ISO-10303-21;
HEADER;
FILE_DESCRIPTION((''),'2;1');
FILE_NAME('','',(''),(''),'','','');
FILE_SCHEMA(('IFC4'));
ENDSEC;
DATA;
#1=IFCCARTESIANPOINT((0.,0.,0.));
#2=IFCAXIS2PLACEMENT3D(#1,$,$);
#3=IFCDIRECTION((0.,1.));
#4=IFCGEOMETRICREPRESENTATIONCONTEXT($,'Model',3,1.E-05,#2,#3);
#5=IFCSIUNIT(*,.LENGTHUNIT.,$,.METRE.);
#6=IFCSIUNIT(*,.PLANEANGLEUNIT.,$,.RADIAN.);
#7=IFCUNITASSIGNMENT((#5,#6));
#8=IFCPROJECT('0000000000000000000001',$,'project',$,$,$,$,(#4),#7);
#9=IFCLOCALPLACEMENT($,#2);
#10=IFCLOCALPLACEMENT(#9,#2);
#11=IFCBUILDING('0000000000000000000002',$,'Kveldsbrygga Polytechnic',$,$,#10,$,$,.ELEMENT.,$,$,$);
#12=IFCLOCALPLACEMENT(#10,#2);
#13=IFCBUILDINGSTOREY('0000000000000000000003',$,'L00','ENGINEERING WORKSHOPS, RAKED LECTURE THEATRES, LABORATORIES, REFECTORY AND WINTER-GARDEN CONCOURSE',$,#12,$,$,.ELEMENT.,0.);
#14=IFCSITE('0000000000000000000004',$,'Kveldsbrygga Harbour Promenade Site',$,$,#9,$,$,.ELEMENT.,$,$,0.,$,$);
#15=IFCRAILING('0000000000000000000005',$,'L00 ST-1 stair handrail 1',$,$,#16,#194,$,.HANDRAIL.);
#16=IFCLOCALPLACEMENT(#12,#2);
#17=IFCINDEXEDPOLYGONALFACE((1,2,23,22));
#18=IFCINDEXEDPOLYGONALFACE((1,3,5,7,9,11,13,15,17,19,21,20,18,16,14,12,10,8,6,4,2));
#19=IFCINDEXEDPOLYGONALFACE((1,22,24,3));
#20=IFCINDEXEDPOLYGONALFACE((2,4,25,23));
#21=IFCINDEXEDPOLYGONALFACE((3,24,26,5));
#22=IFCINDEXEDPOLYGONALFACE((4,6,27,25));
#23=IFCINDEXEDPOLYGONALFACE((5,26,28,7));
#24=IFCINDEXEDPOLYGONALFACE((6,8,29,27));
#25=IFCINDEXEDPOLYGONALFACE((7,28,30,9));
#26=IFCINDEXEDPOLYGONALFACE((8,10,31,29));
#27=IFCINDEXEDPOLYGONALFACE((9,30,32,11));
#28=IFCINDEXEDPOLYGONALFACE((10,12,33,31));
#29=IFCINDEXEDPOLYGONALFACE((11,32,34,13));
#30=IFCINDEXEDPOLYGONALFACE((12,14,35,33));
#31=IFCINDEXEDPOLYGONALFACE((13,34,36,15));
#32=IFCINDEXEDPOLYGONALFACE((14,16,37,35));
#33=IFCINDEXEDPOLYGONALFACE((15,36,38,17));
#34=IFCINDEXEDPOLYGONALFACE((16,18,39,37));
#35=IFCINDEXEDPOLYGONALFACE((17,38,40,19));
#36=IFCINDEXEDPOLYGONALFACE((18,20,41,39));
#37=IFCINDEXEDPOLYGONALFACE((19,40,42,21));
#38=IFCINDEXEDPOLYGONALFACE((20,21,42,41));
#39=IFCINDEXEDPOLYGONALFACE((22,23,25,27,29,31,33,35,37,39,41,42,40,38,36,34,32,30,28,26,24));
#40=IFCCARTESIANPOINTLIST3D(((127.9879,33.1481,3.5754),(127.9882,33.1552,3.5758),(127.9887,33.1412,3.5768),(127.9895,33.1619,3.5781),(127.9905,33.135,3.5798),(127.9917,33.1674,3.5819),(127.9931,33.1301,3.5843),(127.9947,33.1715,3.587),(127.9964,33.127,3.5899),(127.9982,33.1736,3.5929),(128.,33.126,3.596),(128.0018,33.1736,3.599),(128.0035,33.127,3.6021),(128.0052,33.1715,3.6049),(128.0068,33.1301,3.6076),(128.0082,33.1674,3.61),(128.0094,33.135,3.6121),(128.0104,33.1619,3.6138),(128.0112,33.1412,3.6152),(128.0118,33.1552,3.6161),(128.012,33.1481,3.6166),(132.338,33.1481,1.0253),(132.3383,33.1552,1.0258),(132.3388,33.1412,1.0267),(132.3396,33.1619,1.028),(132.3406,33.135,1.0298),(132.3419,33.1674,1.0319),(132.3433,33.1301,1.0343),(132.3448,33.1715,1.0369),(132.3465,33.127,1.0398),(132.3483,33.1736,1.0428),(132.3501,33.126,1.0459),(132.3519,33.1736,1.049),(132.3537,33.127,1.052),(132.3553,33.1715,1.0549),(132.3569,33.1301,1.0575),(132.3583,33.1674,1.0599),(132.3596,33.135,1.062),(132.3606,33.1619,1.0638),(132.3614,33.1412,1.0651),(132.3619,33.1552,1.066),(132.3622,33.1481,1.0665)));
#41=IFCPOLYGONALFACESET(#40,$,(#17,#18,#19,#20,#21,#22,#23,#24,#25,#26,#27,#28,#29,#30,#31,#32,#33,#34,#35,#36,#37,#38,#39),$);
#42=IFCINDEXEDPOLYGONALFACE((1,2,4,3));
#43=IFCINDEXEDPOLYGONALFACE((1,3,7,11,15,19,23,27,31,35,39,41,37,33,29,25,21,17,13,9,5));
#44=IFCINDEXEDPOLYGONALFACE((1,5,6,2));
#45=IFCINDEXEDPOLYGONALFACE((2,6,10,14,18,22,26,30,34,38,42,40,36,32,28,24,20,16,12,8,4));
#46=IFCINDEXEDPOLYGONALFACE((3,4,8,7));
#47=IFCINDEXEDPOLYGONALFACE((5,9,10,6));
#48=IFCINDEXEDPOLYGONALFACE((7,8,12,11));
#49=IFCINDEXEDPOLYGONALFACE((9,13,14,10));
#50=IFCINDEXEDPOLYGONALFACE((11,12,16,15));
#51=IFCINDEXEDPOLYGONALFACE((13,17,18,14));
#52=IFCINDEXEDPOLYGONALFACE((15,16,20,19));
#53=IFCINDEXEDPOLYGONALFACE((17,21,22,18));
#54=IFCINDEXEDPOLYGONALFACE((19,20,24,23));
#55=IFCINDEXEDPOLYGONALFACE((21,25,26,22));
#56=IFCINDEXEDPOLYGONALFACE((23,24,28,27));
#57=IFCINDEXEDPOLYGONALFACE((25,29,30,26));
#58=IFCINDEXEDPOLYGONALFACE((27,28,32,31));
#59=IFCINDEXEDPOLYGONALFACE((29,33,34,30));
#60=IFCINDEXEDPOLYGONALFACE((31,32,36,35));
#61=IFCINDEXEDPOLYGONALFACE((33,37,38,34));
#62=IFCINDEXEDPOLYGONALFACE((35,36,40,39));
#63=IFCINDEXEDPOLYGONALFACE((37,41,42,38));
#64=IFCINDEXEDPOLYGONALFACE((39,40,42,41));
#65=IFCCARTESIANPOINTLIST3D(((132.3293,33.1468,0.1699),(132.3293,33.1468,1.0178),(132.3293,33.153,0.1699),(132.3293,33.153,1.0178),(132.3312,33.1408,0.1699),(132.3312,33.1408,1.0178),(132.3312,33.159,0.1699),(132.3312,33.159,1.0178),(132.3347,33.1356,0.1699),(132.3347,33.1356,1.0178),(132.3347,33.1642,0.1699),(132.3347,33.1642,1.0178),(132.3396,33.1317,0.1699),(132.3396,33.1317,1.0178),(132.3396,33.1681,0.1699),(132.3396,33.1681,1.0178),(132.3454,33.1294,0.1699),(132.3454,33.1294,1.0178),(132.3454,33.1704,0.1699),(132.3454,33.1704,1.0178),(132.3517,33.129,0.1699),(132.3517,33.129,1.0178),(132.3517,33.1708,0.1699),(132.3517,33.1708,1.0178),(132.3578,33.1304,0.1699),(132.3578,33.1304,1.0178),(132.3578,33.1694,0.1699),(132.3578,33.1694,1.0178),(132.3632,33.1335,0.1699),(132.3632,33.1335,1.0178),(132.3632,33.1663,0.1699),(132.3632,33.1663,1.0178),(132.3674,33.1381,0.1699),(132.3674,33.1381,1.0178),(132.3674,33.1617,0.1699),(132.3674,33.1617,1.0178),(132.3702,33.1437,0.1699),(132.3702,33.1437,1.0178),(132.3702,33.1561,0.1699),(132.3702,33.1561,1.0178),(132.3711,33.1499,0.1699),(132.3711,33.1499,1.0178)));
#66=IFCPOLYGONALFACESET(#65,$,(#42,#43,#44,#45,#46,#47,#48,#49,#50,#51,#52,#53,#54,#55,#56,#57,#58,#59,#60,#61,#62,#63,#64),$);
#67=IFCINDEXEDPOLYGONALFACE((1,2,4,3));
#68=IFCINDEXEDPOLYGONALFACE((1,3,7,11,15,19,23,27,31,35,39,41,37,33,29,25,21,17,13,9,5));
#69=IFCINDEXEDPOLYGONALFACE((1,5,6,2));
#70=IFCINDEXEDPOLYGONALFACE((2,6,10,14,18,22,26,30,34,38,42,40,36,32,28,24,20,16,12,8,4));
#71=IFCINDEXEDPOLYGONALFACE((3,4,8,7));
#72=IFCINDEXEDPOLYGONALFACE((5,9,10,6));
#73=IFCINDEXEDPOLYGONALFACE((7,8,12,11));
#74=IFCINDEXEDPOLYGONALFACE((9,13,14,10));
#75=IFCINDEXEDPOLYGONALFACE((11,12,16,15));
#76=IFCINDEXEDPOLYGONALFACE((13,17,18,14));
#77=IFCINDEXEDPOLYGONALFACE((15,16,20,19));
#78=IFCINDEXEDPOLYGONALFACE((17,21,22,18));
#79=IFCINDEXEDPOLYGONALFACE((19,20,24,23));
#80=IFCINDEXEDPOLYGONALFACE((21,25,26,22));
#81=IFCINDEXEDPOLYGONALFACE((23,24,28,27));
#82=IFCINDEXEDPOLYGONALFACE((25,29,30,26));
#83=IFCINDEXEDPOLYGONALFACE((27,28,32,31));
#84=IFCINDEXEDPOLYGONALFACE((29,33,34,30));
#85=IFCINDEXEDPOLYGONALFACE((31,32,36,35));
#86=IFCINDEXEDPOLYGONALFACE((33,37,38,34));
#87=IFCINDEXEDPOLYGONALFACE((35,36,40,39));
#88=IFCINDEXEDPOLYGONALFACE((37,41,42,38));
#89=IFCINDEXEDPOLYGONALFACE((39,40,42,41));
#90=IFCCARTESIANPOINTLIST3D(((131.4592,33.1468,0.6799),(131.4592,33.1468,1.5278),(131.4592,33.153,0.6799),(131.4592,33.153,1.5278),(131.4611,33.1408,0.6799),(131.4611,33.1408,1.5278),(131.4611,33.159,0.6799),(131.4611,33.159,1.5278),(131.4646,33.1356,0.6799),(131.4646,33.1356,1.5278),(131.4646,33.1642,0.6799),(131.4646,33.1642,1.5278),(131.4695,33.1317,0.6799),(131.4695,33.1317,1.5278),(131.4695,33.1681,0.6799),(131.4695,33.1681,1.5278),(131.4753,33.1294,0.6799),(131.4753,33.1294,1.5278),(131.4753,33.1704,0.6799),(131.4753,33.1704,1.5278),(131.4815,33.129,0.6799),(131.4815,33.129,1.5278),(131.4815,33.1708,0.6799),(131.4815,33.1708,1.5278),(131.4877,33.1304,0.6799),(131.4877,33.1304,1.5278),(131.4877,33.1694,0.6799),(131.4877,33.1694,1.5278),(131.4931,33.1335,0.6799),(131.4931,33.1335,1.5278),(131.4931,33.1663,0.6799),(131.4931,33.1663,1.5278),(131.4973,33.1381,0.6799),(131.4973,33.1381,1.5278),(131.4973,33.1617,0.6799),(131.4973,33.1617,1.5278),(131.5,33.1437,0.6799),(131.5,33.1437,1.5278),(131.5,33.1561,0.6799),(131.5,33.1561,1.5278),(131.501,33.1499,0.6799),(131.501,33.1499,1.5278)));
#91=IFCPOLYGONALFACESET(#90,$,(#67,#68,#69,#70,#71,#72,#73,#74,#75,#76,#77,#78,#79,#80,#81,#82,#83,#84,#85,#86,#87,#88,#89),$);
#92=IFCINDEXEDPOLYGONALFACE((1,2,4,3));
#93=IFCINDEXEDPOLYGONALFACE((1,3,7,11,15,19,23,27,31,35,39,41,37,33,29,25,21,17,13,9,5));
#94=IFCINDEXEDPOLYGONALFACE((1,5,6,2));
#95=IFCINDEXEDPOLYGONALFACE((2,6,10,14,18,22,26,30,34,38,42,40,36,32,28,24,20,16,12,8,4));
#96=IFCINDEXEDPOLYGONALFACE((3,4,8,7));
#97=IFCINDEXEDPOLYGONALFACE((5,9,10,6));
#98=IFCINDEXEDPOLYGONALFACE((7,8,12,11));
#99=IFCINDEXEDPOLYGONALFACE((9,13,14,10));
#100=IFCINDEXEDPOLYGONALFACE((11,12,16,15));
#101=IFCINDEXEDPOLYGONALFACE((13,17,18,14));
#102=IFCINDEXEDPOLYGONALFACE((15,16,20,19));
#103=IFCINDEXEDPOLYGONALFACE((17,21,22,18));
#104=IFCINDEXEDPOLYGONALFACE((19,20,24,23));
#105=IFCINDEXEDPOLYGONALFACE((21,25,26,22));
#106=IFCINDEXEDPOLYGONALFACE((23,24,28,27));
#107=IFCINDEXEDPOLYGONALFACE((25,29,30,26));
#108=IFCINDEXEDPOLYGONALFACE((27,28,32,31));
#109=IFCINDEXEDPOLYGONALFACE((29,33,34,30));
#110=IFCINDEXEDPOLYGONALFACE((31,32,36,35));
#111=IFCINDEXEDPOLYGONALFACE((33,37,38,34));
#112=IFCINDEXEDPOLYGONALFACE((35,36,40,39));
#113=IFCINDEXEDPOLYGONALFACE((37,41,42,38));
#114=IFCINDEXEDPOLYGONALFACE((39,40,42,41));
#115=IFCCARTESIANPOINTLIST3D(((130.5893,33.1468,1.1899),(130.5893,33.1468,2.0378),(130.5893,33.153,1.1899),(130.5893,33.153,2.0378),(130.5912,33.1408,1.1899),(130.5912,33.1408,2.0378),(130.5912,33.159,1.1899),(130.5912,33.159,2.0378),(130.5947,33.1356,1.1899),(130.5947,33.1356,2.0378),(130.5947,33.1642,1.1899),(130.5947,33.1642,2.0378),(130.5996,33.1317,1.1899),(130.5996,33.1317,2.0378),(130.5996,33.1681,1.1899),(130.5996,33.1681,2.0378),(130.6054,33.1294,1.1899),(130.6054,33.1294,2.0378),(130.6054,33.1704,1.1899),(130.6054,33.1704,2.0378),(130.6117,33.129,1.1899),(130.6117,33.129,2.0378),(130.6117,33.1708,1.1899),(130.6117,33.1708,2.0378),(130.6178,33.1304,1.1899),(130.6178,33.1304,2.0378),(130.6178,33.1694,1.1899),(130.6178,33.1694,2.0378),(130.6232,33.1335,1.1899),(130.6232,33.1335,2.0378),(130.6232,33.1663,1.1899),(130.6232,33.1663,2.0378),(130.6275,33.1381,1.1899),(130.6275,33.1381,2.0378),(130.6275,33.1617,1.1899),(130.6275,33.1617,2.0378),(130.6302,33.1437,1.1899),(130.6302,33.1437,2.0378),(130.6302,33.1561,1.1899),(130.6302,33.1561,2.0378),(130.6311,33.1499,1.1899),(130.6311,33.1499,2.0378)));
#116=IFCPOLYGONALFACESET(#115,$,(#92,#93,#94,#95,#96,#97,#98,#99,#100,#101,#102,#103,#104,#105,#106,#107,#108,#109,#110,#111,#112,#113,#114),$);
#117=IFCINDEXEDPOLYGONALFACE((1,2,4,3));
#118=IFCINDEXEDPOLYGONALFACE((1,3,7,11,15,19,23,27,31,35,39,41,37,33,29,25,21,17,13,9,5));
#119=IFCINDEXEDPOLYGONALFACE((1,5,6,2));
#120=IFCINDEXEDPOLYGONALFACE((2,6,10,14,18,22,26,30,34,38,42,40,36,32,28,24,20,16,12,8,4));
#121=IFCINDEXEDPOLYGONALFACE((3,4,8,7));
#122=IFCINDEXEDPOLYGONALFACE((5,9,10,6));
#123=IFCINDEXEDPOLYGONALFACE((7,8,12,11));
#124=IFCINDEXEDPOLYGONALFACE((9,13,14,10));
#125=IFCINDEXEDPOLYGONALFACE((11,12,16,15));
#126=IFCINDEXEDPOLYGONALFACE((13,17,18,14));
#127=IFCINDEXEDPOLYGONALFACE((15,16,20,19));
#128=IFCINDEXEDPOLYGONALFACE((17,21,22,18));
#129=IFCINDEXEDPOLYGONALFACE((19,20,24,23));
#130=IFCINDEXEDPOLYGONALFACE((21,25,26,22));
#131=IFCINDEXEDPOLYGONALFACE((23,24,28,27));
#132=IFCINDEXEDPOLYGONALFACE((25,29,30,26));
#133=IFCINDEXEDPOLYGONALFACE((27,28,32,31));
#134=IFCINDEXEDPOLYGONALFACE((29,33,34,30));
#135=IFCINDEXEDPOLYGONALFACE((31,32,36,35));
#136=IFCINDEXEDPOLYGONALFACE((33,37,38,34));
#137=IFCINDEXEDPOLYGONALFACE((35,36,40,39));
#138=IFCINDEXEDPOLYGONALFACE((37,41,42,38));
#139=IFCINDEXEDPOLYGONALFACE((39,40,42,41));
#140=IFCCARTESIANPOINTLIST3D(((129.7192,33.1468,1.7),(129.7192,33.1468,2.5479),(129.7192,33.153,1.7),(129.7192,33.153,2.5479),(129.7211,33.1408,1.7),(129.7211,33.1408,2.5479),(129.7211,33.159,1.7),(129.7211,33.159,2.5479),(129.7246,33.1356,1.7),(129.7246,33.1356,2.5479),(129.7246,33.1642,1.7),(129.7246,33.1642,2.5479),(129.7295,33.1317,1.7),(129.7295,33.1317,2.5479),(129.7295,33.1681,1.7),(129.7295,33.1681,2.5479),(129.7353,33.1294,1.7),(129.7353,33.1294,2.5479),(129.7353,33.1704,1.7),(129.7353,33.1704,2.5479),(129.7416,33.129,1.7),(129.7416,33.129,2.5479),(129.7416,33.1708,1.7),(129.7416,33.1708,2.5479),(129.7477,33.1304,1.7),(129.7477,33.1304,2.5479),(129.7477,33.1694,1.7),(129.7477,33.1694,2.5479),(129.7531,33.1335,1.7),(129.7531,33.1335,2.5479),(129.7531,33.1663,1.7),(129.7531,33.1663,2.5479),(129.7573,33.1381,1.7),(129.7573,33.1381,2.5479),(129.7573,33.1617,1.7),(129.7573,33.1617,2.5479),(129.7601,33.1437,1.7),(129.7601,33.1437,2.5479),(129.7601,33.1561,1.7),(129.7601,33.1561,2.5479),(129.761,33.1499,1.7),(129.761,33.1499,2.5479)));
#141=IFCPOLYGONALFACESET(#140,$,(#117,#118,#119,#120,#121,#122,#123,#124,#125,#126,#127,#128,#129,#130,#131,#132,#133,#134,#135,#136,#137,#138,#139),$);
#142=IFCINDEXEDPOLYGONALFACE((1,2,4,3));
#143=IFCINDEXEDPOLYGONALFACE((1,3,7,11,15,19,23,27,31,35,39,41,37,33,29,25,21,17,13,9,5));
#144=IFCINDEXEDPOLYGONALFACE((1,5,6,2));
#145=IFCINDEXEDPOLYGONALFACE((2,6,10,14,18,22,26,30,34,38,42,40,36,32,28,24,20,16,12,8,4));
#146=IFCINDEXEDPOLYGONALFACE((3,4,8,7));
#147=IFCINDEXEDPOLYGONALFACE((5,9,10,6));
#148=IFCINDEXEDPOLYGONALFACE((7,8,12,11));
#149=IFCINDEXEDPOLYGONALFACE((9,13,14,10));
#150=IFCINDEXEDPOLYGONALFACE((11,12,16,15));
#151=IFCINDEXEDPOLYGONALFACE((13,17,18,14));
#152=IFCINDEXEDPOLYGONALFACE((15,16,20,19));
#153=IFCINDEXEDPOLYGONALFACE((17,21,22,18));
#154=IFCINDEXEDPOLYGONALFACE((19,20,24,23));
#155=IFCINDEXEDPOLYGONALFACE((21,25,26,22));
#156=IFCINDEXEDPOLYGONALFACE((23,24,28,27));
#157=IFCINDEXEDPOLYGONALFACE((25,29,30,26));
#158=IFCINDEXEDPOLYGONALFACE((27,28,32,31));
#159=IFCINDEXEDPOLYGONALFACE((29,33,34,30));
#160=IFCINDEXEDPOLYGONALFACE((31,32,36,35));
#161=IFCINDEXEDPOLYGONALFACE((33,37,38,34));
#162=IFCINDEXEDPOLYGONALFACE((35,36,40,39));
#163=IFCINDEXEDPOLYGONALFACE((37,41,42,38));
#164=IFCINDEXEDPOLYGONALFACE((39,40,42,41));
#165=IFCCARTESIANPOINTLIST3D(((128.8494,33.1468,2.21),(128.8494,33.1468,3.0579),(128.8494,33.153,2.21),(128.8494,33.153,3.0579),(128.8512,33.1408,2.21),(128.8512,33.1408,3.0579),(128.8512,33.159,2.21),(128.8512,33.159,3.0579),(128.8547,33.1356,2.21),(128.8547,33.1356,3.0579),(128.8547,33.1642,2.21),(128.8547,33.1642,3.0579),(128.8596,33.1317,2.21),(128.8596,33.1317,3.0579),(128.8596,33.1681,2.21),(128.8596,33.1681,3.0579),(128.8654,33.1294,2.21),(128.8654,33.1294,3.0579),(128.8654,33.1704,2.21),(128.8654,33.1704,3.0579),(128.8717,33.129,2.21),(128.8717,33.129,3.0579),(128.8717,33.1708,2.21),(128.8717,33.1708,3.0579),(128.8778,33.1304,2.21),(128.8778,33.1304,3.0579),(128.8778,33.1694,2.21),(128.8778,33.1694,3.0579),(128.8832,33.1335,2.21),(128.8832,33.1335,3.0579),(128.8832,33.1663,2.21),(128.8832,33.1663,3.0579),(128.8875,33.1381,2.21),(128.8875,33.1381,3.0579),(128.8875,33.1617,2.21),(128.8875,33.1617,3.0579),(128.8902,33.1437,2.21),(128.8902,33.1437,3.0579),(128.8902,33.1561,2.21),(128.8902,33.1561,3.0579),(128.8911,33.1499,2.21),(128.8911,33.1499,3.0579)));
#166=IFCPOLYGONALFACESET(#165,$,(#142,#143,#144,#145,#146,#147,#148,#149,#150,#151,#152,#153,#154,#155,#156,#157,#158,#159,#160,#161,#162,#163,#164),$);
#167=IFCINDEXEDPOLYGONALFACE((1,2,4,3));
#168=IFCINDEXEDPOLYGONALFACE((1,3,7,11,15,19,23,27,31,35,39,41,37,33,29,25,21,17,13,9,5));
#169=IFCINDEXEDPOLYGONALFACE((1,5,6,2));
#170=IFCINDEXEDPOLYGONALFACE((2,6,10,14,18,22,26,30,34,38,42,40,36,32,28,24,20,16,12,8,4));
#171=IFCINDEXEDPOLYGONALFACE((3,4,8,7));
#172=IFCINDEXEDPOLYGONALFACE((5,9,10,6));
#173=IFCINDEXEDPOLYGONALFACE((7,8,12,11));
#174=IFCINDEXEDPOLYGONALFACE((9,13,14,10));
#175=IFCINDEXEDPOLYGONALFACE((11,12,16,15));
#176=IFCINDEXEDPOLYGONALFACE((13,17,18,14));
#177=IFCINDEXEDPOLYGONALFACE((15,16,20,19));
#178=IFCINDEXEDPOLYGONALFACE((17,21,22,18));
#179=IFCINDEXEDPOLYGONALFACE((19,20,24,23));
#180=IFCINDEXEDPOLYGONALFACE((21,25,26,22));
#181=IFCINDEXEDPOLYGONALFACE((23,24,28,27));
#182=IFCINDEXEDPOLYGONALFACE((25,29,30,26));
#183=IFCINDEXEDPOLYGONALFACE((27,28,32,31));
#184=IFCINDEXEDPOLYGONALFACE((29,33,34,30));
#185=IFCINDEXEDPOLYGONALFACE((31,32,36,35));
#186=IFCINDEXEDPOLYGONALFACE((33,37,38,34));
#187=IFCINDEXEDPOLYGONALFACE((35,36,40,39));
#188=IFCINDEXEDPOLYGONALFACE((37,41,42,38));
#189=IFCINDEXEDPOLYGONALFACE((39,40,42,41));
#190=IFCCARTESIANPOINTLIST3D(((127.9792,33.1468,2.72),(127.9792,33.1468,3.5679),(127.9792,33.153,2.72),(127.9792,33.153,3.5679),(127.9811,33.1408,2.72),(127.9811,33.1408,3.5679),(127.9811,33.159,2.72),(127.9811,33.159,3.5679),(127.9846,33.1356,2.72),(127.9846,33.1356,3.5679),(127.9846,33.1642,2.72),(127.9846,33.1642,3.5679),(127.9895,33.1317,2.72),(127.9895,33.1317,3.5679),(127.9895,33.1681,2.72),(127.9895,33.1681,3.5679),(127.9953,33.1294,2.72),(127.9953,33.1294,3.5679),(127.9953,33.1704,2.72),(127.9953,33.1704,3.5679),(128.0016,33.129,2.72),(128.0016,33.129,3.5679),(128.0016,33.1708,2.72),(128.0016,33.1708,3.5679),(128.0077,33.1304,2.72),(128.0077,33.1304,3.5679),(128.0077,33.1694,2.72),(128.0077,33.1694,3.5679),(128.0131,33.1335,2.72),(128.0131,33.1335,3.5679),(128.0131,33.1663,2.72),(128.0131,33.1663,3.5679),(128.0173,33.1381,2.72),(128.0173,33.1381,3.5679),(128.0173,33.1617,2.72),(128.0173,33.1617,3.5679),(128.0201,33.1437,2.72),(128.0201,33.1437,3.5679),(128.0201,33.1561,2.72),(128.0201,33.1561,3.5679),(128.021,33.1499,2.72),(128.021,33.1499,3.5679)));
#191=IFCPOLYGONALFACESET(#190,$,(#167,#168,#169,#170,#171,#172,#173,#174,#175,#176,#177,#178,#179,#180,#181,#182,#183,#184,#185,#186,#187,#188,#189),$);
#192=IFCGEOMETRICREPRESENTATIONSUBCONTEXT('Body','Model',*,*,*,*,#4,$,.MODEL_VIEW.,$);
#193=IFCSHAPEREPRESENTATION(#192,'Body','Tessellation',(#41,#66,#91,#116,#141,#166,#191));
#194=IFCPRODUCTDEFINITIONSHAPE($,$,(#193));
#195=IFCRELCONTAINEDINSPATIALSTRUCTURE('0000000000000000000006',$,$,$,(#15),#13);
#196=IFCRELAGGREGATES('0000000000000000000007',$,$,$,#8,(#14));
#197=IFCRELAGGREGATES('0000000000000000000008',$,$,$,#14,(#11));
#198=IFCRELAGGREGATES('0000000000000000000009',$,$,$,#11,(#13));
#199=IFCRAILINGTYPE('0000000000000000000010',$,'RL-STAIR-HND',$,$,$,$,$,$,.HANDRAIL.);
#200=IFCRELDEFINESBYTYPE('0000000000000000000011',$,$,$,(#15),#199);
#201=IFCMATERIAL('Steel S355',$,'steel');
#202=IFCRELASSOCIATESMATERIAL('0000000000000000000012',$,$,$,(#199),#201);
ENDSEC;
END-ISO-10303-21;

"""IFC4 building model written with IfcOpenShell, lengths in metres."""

from ifc_helpers import new_model, si_unit, direction, frame, origin, origin_2d, place, context, subcontext, project, spatial, circle, extrude, material, type_object, element, save


model = new_model("IFC4")

# Units and contexts
model_context = context("Model", 3, precision=1e-05, world=origin(), true_north=direction((0.0, 1.0)))
body_context = subcontext(model_context, "Body", "Model", "MODEL_VIEW")
ifc_project = project(units=[si_unit("LENGTHUNIT", "METRE"), si_unit("PLANEANGLEUNIT", "RADIAN")], contexts=[model_context])

# Site, building, storey
site_placement = place(None, origin())
site = spatial("IfcSite", under=ifc_project, at=site_placement, Name="Kveldsbrygga Harbour Promenade Site", CompositionType="ELEMENT", RefElevation=0.0)
building_placement = place(site_placement, origin())
building = spatial("IfcBuilding", under=site, at=building_placement, Name="Kveldsbrygga Polytechnic", CompositionType="ELEMENT")
storey_placement = place(building_placement, origin())
storey = spatial("IfcBuildingStorey", under=building, at=storey_placement, Name="L00", Description="ENGINEERING WORKSHOPS, RAKED LECTURE THEATRES, LABORATORIES, REFECTORY AND WINTER-GARDEN CONCOURSE", CompositionType="ELEMENT", Elevation=0.0)

# Railing
ifc_material_1 = material(Name="Steel S355", Category="steel")
railing_type_1 = type_object("IfcRailingType", Name="RL-STAIR-HND", PredefinedType="HANDRAIL", material=ifc_material_1)
railing_1_placement = place(storey_placement, frame((132.3501, 33.1499, 0.1699)))
element("IfcRailing", 1, at=railing_1_placement, inside=storey, type_object=railing_type_1, Name="L00 ST-1 stair handrail 1", PredefinedType="HANDRAIL", context=body_context, shape_type="SweptSolid", body=[
    extrude(circle(Radius=0.0239, at=origin_2d()), frame((0.0, 0.0, 0.876), z_axis=(-0.862699, 0.0, 0.505718), x_axis=(0.0, -1.0, 0.0)), (0.0, 0.0, 1.0), 5.0425),
    extrude(circle(Radius=0.021, at=origin_2d()), origin(), (0.0, 0.0, 1.0), 0.8479),
    extrude(circle(Radius=0.021, at=origin_2d()), frame((-0.8701, 0.0, 0.51)), (0.0, 0.0, 1.0), 0.8479),
    extrude(circle(Radius=0.021, at=origin_2d()), frame((-1.74, 0.0, 1.02)), (0.0, 0.0, 1.0), 0.8479),
    extrude(circle(Radius=0.021, at=origin_2d()), frame((-2.6101, 0.0, 1.53)), (0.0, 0.0, 1.0), 0.8479),
    extrude(circle(Radius=0.021, at=origin_2d()), frame((-3.48, 0.0, 2.04)), (0.0, 0.0, 1.0), 0.8479),
    extrude(circle(Radius=0.021, at=origin_2d()), frame((-4.3501, 0.0, 2.55)), (0.0, 0.0, 1.0), 0.8479),
])

save(model, "model.ifc")
